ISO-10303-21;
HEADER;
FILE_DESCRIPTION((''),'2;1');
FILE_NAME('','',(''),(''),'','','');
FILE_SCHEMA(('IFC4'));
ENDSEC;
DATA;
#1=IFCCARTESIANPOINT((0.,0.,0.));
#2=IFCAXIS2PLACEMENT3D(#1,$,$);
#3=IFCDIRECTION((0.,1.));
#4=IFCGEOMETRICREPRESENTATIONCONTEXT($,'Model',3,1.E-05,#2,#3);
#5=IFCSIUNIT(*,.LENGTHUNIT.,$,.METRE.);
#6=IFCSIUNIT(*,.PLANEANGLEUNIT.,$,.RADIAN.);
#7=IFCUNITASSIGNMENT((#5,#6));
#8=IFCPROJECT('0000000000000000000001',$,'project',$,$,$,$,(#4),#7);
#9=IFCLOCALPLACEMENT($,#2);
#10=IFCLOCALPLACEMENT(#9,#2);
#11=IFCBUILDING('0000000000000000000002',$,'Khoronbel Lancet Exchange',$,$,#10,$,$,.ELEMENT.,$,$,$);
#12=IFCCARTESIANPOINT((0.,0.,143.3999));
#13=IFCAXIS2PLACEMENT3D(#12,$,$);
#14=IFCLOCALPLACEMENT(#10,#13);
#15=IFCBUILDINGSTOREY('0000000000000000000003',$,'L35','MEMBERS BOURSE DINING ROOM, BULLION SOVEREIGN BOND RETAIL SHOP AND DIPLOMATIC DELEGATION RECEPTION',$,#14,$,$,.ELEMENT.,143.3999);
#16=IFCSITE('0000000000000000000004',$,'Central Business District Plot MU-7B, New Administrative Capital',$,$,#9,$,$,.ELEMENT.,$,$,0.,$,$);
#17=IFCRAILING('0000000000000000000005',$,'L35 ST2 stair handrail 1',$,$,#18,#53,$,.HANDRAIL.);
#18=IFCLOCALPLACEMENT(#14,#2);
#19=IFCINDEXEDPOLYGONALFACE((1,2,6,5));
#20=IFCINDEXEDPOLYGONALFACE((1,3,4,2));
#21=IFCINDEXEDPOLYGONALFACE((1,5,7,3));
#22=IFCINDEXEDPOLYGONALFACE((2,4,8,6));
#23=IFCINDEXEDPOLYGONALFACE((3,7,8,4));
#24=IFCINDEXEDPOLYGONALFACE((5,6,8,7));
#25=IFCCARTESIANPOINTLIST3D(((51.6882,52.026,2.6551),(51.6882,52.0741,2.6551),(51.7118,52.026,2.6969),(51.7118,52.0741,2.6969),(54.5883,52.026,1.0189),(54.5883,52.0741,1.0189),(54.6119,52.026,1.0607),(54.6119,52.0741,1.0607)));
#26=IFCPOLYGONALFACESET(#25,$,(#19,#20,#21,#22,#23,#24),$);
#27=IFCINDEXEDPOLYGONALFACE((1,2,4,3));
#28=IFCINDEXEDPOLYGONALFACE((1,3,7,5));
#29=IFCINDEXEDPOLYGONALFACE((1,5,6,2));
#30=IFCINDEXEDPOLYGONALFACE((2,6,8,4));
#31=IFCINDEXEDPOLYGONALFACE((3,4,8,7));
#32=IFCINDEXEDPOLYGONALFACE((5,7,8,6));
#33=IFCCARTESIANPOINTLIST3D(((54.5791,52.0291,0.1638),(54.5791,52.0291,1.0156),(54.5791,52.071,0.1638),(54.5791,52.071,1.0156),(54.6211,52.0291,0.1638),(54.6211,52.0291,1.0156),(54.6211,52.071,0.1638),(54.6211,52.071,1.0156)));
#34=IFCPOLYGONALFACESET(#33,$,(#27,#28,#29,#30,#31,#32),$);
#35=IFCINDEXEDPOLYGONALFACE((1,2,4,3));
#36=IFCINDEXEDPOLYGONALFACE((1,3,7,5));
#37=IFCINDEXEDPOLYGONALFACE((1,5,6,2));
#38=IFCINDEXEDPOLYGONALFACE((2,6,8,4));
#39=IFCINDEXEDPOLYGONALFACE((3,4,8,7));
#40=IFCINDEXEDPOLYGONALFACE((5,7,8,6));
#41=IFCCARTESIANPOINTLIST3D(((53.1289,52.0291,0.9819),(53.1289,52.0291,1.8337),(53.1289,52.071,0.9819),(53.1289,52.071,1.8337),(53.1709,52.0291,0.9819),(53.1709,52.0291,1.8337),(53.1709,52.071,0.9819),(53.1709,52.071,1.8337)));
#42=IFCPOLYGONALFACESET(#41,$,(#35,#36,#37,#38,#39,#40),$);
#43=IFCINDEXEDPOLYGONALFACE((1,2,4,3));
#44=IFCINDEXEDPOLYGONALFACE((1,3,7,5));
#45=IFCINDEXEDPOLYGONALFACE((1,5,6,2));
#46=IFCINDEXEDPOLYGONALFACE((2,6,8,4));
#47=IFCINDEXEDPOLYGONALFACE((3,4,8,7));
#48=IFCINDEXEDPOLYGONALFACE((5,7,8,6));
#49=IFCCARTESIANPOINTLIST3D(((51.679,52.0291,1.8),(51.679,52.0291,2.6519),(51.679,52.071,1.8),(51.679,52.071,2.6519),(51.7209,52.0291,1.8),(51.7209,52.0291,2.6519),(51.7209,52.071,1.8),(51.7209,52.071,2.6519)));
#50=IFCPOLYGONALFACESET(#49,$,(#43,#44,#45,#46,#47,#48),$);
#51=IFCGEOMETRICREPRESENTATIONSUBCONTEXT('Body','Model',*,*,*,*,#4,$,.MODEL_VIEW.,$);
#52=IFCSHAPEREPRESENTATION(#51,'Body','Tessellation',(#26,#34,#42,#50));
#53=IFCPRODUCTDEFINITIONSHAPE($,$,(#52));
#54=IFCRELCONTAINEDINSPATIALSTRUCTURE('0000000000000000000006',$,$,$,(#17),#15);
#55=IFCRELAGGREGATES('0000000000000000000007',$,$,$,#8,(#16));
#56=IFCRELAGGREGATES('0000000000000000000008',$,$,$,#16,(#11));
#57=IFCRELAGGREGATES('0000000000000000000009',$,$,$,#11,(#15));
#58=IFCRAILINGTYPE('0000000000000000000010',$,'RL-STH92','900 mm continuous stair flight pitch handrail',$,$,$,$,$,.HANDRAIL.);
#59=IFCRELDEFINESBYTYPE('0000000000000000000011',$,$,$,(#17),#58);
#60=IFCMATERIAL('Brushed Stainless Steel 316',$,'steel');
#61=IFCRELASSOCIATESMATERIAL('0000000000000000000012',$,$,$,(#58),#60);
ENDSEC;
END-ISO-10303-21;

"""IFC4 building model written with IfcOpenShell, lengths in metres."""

from ifc_helpers import new_model, si_unit, direction, frame, origin, origin_2d, place, context, subcontext, project, spatial, rectangle, extrude, material, type_object, element, save


model = new_model("IFC4")

# Units and contexts
model_context = context("Model", 3, precision=1e-05, world=origin(), true_north=direction((0.0, 1.0)))
body_context = subcontext(model_context, "Body", "Model", "MODEL_VIEW")
ifc_project = project(units=[si_unit("LENGTHUNIT", "METRE"), si_unit("PLANEANGLEUNIT", "RADIAN")], contexts=[model_context])

# Site, building, storey
site_placement = place(None, origin())
site = spatial("IfcSite", under=ifc_project, at=site_placement, Name="Central Business District Plot MU-7B, New Administrative Capital", CompositionType="ELEMENT", RefElevation=0.0)
building_placement = place(site_placement, origin())
building = spatial("IfcBuilding", under=site, at=building_placement, Name="Khoronbel Lancet Exchange", CompositionType="ELEMENT")
storey_placement = place(building_placement, frame((0.0, 0.0, 143.3999)))
storey = spatial("IfcBuildingStorey", under=building, at=storey_placement, Name="L35", Description="MEMBERS BOURSE DINING ROOM, BULLION SOVEREIGN BOND RETAIL SHOP AND DIPLOMATIC DELEGATION RECEPTION", CompositionType="ELEMENT", Elevation=143.3999)

# Railing
ifc_material_1 = material(Name="Brushed Stainless Steel 316", Category="steel")
railing_type_1 = type_object("IfcRailingType", Name="RL-STH92", Description="900 mm continuous stair flight pitch handrail", PredefinedType="HANDRAIL", material=ifc_material_1)
railing_1_placement = place(storey_placement, frame((54.6001, 52.05, 0.1638)))
element("IfcRailing", 1, at=railing_1_placement, inside=storey, type_object=railing_type_1, Name="L35 ST2 stair handrail 1", PredefinedType="HANDRAIL", context=body_context, shape_type="SweptSolid", body=[
    extrude(rectangle(XDim=0.0481, YDim=0.0481, at=origin_2d()), frame((0.0, 0.0, 0.876), z_axis=(-0.870946, 0.0, 0.491378), x_axis=(0.0, -1.0, 0.0)), (0.0, 0.0, 1.0), 3.3298),
    extrude(rectangle(XDim=0.042, YDim=0.042, at=origin_2d()), origin(), (0.0, 0.0, 1.0), 0.8518),
    extrude(rectangle(XDim=0.042, YDim=0.042, at=origin_2d()), frame((-1.4502, 0.0, 0.8181)), (0.0, 0.0, 1.0), 0.8518),
    extrude(rectangle(XDim=0.042, YDim=0.042, at=origin_2d()), frame((-2.9001, 0.0, 1.6362)), (0.0, 0.0, 1.0), 0.8518),
])

save(model, "model.ifc")
